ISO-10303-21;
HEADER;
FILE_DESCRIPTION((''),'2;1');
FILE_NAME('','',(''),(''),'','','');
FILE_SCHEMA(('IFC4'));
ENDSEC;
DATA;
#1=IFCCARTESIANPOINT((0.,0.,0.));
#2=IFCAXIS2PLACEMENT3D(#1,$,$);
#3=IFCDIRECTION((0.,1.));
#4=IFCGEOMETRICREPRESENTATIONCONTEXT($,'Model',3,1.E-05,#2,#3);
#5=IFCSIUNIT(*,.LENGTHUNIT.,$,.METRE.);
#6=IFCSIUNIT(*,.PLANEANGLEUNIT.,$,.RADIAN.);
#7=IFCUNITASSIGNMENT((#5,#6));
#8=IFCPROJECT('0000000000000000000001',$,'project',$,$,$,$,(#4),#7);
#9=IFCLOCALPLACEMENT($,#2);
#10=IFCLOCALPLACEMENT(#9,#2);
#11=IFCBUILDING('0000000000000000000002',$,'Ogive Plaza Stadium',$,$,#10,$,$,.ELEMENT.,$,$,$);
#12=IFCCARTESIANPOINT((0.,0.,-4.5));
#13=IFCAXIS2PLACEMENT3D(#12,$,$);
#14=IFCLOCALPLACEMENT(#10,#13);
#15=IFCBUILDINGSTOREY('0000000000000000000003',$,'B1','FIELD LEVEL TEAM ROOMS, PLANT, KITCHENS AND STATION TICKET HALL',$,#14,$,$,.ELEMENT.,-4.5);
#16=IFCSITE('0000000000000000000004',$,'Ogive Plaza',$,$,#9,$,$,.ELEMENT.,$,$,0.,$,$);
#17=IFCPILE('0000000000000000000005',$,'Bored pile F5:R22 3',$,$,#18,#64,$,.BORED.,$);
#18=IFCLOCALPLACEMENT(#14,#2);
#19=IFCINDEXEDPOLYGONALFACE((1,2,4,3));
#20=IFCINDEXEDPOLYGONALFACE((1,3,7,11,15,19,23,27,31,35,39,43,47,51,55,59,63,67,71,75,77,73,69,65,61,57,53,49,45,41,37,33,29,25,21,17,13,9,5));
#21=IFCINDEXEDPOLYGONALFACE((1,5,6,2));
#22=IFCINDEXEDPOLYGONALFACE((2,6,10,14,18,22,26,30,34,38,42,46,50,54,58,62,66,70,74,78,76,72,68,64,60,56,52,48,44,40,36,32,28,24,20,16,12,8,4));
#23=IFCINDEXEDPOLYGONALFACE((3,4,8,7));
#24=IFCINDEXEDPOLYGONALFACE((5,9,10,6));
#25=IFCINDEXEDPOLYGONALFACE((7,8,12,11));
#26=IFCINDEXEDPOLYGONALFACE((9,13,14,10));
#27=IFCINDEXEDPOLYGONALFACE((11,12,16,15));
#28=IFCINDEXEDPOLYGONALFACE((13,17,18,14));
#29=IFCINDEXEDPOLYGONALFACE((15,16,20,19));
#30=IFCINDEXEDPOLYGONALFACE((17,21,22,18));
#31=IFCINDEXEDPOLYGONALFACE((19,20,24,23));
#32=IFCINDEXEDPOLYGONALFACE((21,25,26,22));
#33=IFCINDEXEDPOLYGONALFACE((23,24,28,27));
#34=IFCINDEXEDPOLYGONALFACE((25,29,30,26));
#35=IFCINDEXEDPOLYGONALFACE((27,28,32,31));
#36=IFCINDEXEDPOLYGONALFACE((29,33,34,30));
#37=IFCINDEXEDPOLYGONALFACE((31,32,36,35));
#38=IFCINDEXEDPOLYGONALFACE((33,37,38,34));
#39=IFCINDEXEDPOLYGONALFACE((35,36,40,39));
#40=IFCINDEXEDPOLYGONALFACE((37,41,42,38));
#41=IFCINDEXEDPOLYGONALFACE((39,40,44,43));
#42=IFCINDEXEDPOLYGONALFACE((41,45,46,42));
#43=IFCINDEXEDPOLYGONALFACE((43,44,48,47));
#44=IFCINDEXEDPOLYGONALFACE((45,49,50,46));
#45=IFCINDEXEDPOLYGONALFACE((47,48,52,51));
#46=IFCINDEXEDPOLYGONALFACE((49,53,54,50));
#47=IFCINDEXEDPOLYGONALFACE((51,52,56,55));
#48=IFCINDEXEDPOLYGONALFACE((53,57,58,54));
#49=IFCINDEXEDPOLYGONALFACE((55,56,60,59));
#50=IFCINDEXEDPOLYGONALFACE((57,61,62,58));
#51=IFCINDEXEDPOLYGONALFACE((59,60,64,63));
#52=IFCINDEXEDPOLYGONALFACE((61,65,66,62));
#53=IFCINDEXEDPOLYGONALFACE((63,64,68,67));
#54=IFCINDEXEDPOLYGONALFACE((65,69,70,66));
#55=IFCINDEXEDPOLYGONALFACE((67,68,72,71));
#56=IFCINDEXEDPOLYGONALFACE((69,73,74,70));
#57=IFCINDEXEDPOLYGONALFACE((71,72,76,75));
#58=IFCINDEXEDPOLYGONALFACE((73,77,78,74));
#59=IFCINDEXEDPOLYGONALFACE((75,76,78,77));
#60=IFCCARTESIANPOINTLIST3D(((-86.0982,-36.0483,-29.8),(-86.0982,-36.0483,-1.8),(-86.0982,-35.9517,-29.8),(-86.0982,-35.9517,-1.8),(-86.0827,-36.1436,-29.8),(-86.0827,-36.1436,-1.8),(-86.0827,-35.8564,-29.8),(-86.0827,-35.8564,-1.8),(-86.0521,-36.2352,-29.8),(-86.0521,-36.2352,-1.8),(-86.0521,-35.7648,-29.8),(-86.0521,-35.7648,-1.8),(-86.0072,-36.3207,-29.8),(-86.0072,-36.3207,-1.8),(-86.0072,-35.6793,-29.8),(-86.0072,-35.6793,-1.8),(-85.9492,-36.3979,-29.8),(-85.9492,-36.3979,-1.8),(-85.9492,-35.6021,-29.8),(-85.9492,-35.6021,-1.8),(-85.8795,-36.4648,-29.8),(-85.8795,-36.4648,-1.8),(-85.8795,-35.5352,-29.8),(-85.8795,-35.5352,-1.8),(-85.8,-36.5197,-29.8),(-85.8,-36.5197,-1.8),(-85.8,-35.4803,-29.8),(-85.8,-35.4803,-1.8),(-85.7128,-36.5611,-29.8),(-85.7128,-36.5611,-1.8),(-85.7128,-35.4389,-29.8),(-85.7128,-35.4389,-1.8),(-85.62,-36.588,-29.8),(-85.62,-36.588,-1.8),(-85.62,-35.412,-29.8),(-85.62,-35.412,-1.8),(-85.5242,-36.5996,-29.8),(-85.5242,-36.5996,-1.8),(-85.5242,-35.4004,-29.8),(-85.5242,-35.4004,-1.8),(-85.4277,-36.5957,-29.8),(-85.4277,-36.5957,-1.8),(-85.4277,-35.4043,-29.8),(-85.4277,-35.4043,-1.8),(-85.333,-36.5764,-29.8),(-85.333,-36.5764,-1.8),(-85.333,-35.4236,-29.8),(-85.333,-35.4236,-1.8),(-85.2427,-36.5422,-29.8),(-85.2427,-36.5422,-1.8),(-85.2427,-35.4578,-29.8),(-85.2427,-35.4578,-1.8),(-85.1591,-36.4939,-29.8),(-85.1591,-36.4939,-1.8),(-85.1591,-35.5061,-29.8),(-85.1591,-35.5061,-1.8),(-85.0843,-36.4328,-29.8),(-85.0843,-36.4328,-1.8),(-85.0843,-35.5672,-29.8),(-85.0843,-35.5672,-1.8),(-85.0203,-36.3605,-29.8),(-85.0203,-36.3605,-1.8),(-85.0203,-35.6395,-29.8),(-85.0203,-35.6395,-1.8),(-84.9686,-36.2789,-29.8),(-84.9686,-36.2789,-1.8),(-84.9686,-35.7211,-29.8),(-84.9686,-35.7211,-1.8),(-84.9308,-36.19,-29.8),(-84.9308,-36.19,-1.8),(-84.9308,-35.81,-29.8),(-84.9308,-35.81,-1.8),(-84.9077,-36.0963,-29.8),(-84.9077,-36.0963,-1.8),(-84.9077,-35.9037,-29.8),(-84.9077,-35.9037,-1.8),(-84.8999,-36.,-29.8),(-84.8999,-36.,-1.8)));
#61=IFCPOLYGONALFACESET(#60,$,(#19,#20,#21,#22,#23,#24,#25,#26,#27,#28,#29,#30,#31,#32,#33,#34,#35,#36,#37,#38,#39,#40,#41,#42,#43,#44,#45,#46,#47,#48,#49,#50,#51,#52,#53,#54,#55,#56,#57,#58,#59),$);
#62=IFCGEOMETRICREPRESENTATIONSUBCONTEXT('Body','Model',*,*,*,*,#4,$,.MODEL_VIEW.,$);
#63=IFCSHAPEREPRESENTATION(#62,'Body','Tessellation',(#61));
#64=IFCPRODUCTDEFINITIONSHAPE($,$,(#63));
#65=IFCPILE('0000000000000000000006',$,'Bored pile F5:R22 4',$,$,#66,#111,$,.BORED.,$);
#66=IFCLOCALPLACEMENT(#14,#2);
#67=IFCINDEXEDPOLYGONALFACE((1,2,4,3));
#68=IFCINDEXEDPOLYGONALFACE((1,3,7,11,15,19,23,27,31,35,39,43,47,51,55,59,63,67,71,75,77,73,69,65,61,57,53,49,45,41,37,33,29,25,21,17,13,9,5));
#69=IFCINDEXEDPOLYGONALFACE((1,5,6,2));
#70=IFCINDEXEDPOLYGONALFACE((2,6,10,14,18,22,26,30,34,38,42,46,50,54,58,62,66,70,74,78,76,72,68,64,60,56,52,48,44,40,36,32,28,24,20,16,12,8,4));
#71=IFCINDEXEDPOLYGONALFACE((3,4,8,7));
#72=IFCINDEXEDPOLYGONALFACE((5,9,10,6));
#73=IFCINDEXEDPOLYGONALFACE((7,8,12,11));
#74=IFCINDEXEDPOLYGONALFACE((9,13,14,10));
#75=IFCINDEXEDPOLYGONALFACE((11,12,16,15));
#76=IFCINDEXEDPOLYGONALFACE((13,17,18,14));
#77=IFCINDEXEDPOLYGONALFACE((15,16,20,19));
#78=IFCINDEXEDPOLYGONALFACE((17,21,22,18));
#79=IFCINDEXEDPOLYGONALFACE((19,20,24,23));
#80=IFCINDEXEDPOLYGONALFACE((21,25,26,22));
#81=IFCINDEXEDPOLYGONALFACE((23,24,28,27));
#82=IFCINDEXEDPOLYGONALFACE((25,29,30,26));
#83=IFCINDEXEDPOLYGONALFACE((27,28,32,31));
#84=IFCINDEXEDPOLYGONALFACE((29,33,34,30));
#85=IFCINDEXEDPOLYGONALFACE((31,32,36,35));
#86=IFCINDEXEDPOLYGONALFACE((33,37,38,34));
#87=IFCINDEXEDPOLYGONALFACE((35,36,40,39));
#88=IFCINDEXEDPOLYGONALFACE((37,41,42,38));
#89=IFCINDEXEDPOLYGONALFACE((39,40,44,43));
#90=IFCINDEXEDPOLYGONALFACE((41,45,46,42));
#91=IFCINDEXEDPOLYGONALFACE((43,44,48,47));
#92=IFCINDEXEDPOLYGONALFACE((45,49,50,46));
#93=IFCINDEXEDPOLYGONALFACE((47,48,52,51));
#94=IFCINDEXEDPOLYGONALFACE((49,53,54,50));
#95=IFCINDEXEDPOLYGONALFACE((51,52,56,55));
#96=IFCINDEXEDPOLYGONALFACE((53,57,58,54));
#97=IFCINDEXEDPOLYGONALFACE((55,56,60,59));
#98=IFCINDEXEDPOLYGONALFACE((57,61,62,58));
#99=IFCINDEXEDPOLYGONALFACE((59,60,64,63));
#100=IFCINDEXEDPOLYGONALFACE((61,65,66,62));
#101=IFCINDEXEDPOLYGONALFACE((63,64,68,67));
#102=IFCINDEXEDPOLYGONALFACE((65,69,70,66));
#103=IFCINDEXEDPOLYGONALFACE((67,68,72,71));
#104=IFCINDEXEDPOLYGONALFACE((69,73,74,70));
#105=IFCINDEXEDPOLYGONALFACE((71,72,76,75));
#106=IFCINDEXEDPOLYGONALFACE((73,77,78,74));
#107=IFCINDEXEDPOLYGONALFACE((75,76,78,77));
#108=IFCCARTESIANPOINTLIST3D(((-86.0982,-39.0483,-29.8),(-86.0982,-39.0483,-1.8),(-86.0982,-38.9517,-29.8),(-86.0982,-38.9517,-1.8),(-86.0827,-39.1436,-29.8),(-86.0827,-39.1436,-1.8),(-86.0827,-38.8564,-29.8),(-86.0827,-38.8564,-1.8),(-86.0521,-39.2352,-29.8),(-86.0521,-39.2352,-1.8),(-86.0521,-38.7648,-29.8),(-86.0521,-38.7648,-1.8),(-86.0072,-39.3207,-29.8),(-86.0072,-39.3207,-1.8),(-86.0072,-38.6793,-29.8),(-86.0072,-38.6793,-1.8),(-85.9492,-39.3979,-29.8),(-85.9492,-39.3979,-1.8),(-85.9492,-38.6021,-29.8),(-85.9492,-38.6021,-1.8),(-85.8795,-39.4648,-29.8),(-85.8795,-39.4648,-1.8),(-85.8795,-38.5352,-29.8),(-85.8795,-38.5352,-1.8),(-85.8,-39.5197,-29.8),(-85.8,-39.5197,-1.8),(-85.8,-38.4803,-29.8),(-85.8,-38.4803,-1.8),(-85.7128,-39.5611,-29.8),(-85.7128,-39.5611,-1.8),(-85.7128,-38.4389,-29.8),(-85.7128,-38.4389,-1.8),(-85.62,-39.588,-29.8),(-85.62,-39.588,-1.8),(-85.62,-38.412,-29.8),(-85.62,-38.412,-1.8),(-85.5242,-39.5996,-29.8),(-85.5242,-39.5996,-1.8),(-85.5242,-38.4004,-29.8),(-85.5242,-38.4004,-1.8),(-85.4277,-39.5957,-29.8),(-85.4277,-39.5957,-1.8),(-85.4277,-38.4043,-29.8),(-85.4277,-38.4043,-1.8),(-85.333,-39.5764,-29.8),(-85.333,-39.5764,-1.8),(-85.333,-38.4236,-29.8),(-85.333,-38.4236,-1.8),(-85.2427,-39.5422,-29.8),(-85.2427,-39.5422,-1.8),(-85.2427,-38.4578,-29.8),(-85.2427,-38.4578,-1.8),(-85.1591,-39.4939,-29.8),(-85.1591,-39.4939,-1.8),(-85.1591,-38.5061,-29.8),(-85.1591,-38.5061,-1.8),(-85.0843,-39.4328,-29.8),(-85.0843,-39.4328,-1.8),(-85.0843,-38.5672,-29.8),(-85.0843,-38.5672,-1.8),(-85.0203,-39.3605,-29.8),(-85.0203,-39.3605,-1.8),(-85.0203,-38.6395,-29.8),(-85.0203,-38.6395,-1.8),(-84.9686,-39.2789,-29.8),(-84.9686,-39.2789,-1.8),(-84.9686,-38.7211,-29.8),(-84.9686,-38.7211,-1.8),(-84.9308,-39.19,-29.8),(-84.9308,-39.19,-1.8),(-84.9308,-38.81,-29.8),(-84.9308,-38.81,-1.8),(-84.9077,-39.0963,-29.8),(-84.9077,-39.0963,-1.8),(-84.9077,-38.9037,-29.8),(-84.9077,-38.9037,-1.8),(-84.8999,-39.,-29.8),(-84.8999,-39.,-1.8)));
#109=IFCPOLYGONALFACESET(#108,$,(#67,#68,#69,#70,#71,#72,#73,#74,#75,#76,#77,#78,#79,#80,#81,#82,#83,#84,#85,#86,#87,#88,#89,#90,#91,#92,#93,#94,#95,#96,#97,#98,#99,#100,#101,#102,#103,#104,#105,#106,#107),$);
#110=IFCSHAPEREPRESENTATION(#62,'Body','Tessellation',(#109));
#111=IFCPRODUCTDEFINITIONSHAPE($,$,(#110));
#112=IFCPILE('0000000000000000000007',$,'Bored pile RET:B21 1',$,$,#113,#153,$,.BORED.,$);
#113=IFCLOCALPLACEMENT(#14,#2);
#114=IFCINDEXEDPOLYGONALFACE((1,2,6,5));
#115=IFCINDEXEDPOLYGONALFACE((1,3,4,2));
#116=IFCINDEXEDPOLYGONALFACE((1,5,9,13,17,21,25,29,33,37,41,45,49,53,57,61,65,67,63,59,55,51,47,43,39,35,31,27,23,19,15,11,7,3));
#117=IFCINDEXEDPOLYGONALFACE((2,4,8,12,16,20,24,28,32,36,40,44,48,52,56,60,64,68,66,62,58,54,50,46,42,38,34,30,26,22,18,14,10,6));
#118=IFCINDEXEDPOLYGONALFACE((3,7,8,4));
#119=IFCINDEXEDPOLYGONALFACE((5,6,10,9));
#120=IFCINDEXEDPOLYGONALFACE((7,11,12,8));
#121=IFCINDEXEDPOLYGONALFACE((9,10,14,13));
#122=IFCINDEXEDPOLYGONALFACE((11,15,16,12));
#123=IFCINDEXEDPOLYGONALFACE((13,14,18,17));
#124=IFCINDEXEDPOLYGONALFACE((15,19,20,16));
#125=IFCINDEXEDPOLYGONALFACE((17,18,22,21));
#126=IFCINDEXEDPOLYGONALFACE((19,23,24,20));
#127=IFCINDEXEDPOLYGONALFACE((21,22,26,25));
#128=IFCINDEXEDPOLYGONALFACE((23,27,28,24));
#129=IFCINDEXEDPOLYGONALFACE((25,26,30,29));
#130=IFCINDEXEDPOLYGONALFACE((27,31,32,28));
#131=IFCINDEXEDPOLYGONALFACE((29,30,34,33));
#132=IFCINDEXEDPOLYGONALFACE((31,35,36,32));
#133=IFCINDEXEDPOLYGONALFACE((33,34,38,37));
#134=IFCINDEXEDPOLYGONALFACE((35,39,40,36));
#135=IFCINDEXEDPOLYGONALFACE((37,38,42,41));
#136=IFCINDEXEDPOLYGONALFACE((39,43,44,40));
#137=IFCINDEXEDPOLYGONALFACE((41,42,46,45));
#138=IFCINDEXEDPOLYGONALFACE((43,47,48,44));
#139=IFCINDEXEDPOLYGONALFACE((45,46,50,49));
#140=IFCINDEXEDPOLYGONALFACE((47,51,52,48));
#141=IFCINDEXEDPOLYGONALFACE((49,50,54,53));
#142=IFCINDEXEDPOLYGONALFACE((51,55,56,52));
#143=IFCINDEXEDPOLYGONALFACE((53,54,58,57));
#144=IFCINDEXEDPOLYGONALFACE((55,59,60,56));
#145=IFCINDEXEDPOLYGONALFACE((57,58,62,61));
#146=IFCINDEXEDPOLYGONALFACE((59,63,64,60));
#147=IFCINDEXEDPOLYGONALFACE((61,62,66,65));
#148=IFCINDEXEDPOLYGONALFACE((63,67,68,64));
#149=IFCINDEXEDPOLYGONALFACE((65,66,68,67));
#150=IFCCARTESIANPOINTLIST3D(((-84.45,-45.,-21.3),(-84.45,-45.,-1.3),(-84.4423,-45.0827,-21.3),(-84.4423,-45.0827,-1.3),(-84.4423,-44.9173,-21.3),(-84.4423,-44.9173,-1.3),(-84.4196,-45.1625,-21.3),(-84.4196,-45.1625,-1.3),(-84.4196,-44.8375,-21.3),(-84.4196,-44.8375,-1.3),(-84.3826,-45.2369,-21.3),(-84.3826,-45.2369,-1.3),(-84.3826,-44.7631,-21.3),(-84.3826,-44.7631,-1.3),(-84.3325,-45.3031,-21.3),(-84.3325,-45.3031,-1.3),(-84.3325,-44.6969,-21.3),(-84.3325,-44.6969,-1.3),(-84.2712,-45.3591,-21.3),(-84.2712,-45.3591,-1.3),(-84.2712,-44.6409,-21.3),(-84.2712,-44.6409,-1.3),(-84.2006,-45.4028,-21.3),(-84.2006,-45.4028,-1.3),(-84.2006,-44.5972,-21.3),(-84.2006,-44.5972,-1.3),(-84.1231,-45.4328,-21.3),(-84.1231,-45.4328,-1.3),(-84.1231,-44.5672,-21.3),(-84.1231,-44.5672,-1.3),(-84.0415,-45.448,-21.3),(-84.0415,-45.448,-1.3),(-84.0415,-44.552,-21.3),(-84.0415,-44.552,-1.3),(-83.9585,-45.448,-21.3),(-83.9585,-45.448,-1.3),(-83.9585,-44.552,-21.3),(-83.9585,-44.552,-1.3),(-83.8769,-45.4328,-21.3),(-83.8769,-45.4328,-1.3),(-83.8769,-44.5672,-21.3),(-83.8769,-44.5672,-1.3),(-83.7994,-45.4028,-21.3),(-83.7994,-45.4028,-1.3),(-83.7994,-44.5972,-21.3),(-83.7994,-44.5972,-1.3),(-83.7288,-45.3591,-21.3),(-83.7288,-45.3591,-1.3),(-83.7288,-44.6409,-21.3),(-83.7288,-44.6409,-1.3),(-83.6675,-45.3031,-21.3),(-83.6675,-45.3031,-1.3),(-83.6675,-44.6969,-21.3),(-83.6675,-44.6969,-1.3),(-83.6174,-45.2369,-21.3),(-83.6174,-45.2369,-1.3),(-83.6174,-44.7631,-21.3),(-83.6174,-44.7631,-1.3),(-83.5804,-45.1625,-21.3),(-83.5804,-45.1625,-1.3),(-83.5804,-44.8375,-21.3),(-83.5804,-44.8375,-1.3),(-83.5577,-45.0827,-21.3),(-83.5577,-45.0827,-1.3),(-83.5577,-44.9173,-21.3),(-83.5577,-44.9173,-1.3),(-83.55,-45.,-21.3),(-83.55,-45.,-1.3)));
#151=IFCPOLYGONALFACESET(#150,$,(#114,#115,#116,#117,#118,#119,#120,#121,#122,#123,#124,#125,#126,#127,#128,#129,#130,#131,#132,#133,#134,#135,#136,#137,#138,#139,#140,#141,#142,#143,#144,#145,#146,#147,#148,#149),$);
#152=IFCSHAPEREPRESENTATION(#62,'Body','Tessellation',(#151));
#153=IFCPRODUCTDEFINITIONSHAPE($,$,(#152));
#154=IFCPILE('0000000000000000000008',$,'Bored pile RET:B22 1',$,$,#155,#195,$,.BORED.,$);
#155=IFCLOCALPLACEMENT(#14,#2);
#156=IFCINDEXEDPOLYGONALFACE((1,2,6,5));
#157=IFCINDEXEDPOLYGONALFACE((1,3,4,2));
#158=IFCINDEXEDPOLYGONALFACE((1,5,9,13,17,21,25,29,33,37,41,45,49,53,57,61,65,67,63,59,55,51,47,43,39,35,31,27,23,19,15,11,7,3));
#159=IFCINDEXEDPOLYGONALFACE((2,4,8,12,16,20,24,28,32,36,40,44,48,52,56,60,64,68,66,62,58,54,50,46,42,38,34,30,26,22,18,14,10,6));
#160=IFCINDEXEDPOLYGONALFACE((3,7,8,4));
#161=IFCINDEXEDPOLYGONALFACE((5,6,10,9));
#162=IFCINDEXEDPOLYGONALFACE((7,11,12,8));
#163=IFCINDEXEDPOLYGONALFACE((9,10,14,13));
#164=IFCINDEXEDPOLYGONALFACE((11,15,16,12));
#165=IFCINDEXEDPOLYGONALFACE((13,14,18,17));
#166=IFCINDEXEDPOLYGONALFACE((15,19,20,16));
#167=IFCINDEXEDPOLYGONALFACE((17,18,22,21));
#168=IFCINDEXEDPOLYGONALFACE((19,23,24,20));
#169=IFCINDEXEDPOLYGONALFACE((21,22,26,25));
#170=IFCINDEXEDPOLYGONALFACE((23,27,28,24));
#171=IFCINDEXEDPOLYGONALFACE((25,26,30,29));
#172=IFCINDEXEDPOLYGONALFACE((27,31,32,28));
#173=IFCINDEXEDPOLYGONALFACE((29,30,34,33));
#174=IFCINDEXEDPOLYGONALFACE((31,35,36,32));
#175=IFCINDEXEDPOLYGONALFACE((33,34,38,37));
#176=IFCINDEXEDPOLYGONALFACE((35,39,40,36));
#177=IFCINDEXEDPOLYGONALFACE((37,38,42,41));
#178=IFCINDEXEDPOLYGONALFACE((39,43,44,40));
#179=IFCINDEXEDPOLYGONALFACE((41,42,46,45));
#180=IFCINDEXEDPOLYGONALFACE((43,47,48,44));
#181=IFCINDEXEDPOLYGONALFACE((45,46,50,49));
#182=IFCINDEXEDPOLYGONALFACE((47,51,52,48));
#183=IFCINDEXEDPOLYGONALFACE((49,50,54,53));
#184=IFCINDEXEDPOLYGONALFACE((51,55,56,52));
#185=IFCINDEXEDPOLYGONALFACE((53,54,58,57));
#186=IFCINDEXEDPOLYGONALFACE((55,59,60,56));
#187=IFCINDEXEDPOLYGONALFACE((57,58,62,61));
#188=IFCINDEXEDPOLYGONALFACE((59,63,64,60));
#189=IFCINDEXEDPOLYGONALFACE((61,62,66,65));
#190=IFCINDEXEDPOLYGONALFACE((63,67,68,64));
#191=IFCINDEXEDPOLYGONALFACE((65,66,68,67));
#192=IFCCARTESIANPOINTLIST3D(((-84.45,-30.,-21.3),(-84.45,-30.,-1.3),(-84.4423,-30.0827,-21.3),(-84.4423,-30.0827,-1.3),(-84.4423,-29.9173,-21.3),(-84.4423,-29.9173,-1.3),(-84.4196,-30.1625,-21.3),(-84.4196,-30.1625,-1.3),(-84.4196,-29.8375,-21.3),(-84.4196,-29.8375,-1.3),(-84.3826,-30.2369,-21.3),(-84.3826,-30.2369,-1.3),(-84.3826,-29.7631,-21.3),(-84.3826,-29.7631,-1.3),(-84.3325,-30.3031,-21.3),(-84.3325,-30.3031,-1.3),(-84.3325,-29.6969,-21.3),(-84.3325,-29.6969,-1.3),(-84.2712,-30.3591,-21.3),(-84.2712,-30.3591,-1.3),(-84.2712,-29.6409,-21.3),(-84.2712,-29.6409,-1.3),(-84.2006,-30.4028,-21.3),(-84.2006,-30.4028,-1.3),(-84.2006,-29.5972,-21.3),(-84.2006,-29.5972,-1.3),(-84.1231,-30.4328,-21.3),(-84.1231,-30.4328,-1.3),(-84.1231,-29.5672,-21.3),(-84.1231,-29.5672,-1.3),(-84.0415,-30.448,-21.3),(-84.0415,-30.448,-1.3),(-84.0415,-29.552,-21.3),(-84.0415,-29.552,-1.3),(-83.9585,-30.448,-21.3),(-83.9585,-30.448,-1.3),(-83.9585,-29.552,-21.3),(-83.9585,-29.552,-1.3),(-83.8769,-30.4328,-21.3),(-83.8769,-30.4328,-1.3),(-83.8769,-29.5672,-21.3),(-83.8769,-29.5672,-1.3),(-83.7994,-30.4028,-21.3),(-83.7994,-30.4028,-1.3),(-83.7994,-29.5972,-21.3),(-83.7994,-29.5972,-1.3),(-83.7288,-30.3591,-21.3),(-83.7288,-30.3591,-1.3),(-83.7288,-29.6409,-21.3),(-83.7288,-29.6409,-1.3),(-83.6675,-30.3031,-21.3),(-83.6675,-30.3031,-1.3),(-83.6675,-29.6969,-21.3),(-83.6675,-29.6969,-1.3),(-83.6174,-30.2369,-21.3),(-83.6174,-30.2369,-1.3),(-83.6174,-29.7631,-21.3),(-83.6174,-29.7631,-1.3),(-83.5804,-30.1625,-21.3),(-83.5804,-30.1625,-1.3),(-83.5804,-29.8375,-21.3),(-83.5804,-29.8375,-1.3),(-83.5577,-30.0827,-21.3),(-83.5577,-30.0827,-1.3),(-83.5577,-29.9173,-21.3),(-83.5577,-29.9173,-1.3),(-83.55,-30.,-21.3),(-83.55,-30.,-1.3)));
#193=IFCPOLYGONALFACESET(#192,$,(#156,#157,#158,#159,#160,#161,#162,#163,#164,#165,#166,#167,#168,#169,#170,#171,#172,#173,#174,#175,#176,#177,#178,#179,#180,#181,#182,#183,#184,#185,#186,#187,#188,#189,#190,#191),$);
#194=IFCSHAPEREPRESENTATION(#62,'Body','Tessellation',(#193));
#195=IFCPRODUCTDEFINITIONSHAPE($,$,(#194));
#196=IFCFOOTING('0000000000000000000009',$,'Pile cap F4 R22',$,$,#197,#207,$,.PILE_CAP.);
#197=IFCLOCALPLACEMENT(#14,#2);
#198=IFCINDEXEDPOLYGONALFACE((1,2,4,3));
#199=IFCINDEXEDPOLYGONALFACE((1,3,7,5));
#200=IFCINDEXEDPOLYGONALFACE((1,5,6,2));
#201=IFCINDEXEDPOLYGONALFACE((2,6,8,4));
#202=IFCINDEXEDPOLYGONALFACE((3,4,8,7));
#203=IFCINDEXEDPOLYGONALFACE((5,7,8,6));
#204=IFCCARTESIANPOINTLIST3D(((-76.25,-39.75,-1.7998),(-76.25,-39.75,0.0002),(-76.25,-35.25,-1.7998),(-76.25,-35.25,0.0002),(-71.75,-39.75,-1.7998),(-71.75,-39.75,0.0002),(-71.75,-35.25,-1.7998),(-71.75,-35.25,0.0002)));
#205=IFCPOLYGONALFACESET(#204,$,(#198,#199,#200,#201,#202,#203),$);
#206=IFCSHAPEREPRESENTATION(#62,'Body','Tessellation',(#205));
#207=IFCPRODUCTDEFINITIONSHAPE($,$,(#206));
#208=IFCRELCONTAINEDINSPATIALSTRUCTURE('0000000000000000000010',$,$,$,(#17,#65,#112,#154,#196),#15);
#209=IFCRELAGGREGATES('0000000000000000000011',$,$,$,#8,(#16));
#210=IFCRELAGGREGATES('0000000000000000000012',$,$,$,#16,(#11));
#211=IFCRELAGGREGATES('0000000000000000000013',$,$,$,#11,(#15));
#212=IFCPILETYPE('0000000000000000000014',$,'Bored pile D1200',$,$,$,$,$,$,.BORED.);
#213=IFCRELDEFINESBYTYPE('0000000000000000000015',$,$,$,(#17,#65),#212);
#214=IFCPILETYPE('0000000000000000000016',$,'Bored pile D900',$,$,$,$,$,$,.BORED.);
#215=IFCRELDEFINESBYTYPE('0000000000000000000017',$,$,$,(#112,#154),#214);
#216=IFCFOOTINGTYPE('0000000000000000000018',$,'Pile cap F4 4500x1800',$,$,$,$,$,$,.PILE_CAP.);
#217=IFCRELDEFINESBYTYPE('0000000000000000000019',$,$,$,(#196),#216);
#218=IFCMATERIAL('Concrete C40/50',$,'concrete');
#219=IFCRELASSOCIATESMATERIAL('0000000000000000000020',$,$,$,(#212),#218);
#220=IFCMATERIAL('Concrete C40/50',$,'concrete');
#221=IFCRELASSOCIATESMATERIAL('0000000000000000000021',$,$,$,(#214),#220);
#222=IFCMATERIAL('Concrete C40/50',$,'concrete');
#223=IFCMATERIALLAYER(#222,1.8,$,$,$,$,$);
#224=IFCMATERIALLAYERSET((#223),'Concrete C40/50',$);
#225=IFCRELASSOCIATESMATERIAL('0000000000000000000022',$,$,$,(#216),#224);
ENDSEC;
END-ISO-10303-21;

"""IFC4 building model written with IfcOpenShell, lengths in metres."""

from ifc_helpers import new_model, si_unit, direction, frame, origin, origin_2d, place, context, subcontext, project, spatial, rectangle, circle, extrude, material, layer, layer_set, material_profile, profile_set, type_object, element, save


model = new_model("IFC4")

# Units and contexts
model_context = context("Model", 3, precision=1e-05, world=origin(), true_north=direction((0.0, 1.0)))
body_context = subcontext(model_context, "Body", "Model", "MODEL_VIEW")
ifc_project = project(units=[si_unit("LENGTHUNIT", "METRE"), si_unit("PLANEANGLEUNIT", "RADIAN")], contexts=[model_context])

# Site, building, storey
site_placement = place(None, origin())
site = spatial("IfcSite", under=ifc_project, at=site_placement, Name="Ogive Plaza", CompositionType="ELEMENT", RefElevation=0.0)
building_placement = place(site_placement, origin())
building = spatial("IfcBuilding", under=site, at=building_placement, Name="Ogive Plaza Stadium", CompositionType="ELEMENT")
storey_placement = place(building_placement, frame((0.0, 0.0, -4.5)))
storey = spatial("IfcBuildingStorey", under=building, at=storey_placement, Name="B1", Description="FIELD LEVEL TEAM ROOMS, PLANT, KITCHENS AND STATION TICKET HALL", CompositionType="ELEMENT", Elevation=-4.5)

# Piles
ifc_material_1 = material(Name="Concrete C40/50", Category="concrete")
ifc_material_profile_1 = material_profile(ifc_material_1, circle(Radius=0.6001, at=origin_2d()), Name="RC D1200")
ifc_profile_set_1 = profile_set([ifc_material_profile_1], Name="Concrete C40/50")
pile_type_1 = type_object("IfcPileType", Name="Bored pile D1200", PredefinedType="BORED", material=ifc_profile_set_1)
for number, where, z_axis, x_axis, name in (
    (1, (-85.5, -36.0, -1.8), (0.0, 0.0, -1.0), (1.0, 0.0, 0.0), "Bored pile F5:R22 3"),
    (2, (-85.5, -39.0, -1.8), (0.0, 0.0, -1.0), (1.0, 0.0, 0.0), "Bored pile F5:R22 4"),
):
    element("IfcPile", number, at=place(storey_placement, frame(where, z_axis=z_axis, x_axis=x_axis)), inside=storey, type_object=pile_type_1, Name=name, PredefinedType="BORED", context=body_context, shape_type="SweptSolid", body=[
        extrude(circle(Radius=0.6001, at=origin_2d()), origin(), (0.0, 0.0, 1.0), 28.0),
    ])
ifc_material_2 = material(Name="Concrete C40/50", Category="concrete")
ifc_material_profile_2 = material_profile(ifc_material_2, circle(Radius=0.45, at=origin_2d()), Name="RC D900")
ifc_profile_set_2 = profile_set([ifc_material_profile_2], Name="Concrete C40/50")
pile_type_2 = type_object("IfcPileType", Name="Bored pile D900", PredefinedType="BORED", material=ifc_profile_set_2)
for number, where, z_axis, x_axis, name in (
    (3, (-84.0, -45.0, -1.3), (0.0, 0.0, -1.0), (1.0, 0.0, 0.0), "Bored pile RET:B21 1"),
    (4, (-84.0, -30.0, -1.3), (0.0, 0.0, -1.0), (1.0, 0.0, 0.0), "Bored pile RET:B22 1"),
):
    element("IfcPile", number, at=place(storey_placement, frame(where, z_axis=z_axis, x_axis=x_axis)), inside=storey, type_object=pile_type_2, Name=name, PredefinedType="BORED", context=body_context, shape_type="SweptSolid", body=[
        extrude(circle(Radius=0.45, at=origin_2d()), origin(), (0.0, 0.0, 1.0), 20.0),
    ])

# Footing
ifc_material_3 = material(Name="Concrete C40/50", Category="concrete")
ifc_layer_1 = layer(ifc_material_3, 1.8)
ifc_layer_set_1 = layer_set([ifc_layer_1], Name="Concrete C40/50")
footing_type_1 = type_object("IfcFootingType", Name="Pile cap F4 4500x1800", PredefinedType="PILE_CAP", material=ifc_layer_set_1)
footing_1_placement = place(storey_placement, frame((-74.0, -37.5, -1.7998), z_axis=(0.0, 0.0, 1.0), x_axis=(-1.0, 0.0, 0.0)))
element("IfcFooting", 5, at=footing_1_placement, inside=storey, type_object=footing_type_1, Name="Pile cap F4 R22", PredefinedType="PILE_CAP", context=body_context, shape_type="SweptSolid", body=[
    extrude(rectangle(XDim=4.5, YDim=4.5, at=origin_2d()), origin(), (0.0, 0.0, 1.0), 1.8),
])

save(model, "model.ifc")
